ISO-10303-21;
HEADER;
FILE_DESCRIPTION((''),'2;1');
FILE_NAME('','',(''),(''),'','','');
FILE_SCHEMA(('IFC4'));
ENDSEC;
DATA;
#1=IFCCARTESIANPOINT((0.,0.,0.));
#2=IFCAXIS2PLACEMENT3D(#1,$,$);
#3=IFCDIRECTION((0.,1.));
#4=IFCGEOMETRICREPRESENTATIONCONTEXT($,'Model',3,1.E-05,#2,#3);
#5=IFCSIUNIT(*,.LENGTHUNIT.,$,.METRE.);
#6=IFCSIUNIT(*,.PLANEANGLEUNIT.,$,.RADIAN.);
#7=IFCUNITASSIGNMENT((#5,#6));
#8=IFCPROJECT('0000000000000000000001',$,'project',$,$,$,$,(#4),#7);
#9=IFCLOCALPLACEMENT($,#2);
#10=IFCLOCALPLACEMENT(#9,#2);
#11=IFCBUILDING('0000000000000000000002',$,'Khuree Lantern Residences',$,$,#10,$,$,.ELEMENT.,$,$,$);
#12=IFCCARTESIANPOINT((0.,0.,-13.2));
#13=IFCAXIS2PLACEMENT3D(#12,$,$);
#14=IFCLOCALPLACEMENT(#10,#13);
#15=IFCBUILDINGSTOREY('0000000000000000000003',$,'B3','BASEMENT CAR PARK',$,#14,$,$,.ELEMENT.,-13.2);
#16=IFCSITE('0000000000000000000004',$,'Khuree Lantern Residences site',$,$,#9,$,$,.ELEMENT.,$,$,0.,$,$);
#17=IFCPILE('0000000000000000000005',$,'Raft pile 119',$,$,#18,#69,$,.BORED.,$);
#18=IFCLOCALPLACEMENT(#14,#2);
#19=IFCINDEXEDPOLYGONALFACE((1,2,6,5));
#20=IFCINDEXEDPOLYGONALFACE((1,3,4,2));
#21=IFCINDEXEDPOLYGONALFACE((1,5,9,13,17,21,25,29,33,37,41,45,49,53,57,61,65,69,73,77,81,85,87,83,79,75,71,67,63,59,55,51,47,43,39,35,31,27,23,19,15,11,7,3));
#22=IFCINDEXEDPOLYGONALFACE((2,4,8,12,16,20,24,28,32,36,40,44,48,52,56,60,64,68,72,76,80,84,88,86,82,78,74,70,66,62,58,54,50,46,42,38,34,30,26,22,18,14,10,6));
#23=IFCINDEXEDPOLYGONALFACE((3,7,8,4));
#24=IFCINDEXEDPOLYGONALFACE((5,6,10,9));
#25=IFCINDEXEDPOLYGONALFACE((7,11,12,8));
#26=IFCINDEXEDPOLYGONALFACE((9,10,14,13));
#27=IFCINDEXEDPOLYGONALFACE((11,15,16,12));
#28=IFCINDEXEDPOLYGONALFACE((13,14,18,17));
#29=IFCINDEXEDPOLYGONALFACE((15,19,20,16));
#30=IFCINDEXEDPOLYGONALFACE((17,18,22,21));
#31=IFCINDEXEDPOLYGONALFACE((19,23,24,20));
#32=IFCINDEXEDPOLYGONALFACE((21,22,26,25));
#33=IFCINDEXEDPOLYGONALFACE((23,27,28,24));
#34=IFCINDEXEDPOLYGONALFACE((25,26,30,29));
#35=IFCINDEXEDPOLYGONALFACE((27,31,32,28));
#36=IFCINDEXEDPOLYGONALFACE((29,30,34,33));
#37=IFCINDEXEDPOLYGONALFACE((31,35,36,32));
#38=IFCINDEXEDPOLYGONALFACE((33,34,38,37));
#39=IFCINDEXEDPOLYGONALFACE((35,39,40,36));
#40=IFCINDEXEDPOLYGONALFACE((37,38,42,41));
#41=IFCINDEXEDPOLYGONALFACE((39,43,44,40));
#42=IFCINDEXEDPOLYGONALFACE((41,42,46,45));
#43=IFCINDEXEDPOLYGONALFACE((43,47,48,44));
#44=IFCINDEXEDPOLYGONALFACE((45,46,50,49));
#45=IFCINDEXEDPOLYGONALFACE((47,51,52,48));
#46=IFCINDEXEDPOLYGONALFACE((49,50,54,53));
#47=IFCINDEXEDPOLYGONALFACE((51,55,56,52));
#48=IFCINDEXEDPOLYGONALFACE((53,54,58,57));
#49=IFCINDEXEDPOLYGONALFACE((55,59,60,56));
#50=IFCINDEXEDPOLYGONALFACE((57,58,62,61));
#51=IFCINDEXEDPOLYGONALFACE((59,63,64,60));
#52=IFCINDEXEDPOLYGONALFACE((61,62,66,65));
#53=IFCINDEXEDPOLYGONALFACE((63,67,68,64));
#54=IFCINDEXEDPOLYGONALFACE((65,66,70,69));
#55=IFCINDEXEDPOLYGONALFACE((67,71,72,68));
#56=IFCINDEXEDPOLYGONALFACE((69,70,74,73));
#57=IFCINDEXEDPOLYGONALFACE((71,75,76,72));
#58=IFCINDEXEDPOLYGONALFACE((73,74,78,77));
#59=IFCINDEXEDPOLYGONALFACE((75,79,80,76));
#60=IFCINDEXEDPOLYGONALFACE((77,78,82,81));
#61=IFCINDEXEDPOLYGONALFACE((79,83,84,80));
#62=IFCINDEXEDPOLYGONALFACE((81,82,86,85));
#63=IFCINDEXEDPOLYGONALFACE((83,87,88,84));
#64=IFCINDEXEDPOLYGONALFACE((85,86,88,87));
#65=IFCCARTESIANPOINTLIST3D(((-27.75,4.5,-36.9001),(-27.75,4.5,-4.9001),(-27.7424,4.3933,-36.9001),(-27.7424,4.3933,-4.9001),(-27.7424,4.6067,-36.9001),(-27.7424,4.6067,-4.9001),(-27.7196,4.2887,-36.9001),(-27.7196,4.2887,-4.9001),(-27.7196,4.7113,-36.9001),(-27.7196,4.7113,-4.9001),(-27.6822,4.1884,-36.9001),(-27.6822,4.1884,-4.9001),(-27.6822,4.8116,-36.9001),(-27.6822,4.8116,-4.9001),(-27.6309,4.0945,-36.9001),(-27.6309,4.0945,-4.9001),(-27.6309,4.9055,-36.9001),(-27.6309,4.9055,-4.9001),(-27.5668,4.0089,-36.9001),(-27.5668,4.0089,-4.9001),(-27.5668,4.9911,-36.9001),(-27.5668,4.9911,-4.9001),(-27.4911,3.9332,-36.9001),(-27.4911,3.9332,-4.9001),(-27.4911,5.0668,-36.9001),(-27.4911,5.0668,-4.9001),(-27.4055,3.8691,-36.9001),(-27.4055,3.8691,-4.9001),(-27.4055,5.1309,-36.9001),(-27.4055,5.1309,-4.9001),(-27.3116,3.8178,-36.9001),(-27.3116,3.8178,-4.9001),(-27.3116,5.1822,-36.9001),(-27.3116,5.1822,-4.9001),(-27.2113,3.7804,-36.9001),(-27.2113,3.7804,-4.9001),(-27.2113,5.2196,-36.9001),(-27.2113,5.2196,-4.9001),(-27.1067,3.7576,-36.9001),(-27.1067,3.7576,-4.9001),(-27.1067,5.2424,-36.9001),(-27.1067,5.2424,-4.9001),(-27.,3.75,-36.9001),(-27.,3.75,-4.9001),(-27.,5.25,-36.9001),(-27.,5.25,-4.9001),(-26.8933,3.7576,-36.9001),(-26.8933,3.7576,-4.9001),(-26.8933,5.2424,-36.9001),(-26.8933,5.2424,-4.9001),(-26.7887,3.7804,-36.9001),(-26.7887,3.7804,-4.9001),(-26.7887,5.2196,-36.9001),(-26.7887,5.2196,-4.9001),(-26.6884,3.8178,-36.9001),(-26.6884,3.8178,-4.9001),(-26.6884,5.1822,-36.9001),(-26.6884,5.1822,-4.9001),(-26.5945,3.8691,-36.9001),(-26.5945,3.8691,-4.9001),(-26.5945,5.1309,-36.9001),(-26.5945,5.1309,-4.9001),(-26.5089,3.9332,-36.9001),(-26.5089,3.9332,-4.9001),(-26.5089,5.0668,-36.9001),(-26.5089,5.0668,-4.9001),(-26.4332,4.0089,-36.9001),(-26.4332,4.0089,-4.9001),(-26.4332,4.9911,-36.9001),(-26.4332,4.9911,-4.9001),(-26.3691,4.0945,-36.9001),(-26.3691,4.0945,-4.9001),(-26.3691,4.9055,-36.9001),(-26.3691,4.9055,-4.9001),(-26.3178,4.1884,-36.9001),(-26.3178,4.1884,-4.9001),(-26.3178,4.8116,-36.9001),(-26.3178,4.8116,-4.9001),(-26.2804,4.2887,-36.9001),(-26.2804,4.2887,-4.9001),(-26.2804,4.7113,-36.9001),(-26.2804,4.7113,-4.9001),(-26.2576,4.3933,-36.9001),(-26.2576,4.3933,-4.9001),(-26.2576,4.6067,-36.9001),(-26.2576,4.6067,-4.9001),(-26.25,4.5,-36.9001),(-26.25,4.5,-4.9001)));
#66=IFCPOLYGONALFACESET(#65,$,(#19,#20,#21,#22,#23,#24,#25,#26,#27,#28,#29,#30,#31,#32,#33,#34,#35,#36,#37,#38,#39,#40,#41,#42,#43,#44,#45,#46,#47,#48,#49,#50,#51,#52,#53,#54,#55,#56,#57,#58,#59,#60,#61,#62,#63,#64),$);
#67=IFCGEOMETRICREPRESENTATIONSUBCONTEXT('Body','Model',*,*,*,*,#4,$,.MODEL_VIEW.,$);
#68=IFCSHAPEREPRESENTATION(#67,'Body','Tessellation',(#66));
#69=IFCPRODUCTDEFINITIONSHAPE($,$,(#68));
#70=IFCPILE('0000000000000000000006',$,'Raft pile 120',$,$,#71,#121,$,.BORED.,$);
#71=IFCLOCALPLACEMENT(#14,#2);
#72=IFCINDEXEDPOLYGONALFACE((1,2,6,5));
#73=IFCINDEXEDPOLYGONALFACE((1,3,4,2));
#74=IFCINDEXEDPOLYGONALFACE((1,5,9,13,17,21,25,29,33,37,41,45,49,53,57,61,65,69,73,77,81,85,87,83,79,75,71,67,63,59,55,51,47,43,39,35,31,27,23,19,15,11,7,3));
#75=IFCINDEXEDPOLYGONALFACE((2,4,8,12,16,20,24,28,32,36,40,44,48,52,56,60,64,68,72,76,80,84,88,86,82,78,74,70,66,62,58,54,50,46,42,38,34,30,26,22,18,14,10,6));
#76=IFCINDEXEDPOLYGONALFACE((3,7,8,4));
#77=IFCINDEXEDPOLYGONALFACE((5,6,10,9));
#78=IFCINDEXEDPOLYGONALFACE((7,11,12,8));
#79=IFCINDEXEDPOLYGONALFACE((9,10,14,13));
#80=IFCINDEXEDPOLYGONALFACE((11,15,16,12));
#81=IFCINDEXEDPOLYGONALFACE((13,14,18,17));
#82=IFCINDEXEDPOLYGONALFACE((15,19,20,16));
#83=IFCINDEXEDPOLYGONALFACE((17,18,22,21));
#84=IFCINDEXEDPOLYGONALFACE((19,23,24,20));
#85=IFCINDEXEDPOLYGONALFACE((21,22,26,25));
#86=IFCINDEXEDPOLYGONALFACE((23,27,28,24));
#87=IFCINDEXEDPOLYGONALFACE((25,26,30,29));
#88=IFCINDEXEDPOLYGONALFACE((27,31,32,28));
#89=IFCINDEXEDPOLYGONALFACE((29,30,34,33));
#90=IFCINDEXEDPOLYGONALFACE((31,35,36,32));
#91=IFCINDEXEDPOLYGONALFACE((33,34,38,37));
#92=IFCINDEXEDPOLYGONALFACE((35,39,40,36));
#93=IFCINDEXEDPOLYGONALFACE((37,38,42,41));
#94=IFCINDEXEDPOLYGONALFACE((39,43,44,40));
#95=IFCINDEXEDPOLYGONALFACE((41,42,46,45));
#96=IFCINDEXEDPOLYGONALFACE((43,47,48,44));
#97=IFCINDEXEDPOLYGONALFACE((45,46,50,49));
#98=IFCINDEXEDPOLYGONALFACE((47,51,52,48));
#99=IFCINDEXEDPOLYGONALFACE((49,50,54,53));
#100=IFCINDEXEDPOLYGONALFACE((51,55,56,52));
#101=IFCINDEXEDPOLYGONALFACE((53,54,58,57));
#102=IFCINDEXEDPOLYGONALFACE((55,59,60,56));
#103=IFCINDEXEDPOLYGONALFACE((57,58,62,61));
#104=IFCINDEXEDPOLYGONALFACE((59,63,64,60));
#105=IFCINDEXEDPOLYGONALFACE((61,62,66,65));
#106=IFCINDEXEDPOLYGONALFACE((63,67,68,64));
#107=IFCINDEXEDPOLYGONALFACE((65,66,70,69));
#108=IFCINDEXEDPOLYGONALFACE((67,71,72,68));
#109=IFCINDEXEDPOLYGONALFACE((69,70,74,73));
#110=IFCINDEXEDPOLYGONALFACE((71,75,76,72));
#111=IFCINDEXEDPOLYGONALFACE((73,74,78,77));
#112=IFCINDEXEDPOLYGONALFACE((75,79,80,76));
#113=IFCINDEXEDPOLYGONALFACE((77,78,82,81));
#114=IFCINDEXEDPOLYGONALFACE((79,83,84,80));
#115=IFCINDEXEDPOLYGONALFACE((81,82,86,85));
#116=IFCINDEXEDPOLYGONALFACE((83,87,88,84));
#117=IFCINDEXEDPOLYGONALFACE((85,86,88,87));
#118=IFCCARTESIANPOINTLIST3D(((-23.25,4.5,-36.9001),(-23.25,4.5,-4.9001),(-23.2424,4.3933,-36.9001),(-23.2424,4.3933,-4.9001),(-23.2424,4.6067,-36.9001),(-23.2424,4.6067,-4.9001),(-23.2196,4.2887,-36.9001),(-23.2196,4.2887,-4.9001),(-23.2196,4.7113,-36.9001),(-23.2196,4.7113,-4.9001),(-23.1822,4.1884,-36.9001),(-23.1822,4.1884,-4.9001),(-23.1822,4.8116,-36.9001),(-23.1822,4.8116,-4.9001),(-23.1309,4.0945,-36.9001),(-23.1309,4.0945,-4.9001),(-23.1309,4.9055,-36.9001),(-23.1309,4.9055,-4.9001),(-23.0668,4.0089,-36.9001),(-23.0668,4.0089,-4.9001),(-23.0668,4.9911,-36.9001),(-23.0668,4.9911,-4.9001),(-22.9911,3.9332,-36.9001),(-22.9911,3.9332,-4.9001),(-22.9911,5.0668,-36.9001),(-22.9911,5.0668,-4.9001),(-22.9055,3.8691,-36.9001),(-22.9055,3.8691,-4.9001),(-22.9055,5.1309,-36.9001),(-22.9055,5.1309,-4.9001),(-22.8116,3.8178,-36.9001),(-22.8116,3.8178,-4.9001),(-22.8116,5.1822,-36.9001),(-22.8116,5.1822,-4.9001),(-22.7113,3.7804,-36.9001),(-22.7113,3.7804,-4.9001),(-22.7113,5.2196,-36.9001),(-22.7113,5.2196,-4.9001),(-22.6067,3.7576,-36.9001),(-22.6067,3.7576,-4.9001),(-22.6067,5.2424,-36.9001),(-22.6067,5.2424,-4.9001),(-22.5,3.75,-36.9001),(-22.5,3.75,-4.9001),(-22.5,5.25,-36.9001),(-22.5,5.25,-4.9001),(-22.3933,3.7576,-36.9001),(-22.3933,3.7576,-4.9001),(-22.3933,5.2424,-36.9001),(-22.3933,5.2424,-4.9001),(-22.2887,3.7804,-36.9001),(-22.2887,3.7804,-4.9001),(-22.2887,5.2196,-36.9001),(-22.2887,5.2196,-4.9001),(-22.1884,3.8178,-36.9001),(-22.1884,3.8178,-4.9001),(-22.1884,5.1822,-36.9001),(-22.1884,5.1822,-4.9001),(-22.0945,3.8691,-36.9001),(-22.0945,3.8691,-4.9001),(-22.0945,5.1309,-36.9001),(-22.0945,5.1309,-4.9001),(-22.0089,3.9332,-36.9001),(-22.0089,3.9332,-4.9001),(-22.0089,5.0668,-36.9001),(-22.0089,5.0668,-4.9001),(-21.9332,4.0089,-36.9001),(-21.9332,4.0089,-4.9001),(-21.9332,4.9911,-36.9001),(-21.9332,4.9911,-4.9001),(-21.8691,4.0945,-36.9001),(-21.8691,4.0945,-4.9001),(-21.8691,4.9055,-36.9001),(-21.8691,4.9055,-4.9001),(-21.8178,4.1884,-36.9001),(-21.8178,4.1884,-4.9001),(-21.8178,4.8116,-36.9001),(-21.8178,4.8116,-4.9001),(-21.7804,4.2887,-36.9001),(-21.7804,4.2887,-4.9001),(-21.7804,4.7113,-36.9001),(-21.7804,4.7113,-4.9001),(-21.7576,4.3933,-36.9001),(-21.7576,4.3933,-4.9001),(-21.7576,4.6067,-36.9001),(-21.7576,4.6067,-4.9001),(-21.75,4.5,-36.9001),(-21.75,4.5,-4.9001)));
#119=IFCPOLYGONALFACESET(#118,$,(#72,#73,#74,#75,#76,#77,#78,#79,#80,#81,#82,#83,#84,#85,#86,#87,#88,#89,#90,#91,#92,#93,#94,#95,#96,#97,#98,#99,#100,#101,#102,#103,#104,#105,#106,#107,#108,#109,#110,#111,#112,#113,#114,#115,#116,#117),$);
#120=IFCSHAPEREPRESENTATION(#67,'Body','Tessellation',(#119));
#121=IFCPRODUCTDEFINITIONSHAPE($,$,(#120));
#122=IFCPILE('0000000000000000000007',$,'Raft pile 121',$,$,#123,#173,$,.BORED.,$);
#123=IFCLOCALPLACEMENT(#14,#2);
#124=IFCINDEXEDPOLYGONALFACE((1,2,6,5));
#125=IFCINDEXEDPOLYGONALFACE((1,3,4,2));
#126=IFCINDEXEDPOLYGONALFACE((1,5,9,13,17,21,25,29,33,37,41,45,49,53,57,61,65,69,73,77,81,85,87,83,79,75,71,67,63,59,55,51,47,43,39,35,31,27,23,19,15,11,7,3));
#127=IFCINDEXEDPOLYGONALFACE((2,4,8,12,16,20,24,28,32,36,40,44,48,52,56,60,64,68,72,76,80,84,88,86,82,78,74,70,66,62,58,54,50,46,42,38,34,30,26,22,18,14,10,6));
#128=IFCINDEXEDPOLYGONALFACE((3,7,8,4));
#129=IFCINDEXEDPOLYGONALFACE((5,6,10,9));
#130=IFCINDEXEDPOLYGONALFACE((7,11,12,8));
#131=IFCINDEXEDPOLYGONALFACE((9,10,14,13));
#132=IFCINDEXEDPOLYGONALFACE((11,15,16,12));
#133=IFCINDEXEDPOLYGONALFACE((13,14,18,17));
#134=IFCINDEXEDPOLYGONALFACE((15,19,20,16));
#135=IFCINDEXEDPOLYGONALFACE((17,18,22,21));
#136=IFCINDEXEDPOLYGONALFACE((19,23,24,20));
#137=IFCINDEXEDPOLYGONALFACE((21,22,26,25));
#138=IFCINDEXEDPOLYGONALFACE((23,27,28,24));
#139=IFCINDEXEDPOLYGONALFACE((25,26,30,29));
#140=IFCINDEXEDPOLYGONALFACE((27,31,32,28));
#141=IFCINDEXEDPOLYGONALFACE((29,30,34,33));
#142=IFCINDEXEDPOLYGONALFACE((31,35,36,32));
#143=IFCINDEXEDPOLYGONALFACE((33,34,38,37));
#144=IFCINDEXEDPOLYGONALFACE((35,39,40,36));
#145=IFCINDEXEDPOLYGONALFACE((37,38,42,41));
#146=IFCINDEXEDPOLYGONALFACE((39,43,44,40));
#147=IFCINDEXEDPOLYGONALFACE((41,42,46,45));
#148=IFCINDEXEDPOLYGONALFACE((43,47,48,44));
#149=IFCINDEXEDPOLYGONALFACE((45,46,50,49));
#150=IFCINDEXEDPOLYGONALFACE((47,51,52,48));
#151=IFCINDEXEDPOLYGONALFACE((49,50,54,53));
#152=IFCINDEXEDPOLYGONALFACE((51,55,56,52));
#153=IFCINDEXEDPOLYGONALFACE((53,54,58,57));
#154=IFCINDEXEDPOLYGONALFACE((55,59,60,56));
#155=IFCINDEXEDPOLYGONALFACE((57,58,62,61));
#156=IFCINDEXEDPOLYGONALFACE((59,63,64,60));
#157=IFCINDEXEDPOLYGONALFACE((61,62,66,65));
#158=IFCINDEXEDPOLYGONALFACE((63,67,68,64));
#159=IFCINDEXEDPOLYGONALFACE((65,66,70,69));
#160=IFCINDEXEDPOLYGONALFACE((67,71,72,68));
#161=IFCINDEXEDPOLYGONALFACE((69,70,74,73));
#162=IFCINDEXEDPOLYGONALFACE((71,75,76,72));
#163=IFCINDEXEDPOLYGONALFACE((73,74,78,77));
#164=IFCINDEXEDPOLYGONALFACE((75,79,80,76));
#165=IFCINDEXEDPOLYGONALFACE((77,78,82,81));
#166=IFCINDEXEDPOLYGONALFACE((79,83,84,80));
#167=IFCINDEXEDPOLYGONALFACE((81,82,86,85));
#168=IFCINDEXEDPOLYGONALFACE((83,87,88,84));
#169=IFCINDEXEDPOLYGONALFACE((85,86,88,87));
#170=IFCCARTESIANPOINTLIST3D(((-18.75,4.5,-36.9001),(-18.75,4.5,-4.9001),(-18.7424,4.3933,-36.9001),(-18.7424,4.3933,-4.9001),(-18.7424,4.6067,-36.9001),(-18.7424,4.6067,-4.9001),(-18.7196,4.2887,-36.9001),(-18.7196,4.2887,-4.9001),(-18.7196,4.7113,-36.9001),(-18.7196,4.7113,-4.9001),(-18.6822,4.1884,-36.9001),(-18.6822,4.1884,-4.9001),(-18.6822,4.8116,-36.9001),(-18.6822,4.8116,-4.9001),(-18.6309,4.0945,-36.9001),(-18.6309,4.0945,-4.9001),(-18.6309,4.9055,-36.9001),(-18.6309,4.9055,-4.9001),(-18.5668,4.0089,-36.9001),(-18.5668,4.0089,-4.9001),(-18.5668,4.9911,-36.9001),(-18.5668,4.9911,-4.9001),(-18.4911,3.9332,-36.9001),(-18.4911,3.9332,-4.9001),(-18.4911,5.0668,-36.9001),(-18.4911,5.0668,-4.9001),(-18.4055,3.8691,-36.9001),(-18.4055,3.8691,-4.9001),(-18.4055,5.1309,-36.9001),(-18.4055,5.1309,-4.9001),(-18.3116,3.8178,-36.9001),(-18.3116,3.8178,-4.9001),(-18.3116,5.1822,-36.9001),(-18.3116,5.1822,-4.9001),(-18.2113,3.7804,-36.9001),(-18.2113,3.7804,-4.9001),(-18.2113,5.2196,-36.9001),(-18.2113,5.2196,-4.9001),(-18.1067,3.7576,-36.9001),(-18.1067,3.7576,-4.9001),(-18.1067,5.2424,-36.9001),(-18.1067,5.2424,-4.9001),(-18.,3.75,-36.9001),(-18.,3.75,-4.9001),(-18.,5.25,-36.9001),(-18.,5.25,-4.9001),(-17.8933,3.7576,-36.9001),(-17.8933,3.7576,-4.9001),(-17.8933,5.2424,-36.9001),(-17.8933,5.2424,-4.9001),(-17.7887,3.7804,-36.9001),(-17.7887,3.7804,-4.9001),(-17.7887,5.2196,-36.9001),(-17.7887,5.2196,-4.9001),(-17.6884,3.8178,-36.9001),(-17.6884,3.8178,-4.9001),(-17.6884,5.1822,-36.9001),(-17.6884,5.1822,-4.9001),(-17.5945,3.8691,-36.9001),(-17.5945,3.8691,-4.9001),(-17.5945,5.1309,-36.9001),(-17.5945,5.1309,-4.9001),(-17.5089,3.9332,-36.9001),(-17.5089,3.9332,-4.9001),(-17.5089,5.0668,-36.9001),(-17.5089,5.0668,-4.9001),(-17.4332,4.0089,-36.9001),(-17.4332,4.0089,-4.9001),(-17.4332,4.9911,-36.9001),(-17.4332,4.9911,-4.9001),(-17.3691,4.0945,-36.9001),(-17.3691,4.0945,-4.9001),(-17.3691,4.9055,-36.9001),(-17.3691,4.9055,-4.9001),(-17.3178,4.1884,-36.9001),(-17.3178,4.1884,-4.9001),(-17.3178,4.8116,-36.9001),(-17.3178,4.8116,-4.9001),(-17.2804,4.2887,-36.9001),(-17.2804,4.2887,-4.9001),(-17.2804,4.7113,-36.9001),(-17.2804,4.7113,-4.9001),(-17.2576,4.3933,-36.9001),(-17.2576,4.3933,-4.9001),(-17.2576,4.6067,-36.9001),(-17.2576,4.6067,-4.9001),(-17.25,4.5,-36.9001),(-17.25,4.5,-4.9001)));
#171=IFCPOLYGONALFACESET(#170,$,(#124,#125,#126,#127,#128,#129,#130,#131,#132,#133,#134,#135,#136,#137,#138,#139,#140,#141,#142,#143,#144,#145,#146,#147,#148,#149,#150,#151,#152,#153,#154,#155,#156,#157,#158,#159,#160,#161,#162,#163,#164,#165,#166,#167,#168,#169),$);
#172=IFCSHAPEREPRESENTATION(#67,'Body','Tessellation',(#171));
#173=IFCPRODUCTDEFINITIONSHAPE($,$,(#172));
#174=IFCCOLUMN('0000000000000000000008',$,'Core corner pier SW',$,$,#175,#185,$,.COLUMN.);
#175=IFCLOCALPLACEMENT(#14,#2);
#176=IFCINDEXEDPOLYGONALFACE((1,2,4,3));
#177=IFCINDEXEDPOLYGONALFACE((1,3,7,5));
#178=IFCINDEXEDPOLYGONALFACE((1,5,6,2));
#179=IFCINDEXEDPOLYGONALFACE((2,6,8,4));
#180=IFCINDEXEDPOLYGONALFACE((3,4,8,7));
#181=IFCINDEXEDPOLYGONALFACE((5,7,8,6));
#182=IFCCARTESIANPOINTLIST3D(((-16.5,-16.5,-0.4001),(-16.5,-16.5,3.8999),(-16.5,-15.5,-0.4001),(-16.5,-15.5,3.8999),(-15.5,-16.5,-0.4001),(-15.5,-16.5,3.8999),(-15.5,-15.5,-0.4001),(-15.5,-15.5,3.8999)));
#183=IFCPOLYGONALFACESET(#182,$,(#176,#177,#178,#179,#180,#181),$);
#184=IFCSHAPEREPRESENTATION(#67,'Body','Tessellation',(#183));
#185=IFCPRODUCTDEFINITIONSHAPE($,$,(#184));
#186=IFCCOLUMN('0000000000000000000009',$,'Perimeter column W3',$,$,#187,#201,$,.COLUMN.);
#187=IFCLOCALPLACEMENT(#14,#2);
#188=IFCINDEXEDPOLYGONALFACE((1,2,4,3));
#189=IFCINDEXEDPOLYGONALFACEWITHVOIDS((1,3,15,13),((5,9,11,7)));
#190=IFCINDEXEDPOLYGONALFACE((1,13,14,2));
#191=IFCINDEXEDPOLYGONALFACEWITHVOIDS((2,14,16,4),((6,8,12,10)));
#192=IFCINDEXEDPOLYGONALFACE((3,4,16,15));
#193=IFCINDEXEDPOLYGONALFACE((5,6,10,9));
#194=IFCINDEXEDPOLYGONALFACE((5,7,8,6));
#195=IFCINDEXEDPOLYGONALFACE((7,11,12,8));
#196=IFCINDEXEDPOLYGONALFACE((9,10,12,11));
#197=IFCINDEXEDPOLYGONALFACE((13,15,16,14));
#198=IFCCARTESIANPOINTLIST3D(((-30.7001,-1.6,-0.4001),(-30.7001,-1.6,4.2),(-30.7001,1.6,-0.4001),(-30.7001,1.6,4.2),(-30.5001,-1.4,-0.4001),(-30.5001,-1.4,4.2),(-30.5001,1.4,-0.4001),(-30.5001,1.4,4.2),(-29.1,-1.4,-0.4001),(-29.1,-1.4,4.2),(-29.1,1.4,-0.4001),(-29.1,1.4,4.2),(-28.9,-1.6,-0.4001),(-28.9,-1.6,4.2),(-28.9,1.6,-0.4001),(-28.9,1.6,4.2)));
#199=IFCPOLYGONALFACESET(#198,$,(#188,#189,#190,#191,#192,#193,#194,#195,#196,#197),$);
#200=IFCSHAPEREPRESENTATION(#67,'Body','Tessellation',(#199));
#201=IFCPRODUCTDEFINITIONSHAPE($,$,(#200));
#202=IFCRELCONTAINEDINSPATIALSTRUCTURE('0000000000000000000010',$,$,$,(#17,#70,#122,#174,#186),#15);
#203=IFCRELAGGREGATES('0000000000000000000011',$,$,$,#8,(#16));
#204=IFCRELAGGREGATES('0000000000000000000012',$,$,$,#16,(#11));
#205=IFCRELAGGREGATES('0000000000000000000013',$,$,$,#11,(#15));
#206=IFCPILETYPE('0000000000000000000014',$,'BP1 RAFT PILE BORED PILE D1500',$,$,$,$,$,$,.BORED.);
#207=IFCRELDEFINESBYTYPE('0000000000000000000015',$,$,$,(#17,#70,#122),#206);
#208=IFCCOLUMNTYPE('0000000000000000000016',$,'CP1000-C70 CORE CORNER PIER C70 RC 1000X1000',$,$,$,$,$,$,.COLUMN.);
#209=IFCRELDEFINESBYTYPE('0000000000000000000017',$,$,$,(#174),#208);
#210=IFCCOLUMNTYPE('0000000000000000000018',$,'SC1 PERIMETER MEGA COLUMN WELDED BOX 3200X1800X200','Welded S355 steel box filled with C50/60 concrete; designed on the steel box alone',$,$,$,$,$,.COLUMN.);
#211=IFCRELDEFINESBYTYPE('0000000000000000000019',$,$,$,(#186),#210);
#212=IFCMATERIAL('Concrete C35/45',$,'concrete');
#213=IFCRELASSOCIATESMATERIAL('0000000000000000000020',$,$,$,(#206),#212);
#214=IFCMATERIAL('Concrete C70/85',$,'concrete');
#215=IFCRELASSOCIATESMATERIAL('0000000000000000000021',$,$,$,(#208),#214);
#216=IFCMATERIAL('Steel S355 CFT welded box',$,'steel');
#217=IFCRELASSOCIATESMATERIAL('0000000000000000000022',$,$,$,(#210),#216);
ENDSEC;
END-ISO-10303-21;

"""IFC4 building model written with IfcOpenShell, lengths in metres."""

from ifc_helpers import new_model, si_unit, direction, frame, origin, origin_2d, place, context, subcontext, project, spatial, rectangle, hollow_rectangle, circle, extrude, material, material_profile, profile_set, type_object, element, save


model = new_model("IFC4")

# Units and contexts
model_context = context("Model", 3, precision=1e-05, world=origin(), true_north=direction((0.0, 1.0)))
body_context = subcontext(model_context, "Body", "Model", "MODEL_VIEW")
ifc_project = project(units=[si_unit("LENGTHUNIT", "METRE"), si_unit("PLANEANGLEUNIT", "RADIAN")], contexts=[model_context])

# Site, building, storey
site_placement = place(None, origin())
site = spatial("IfcSite", under=ifc_project, at=site_placement, Name="Khuree Lantern Residences site", CompositionType="ELEMENT", RefElevation=0.0)
building_placement = place(site_placement, origin())
building = spatial("IfcBuilding", under=site, at=building_placement, Name="Khuree Lantern Residences", CompositionType="ELEMENT")
storey_placement = place(building_placement, frame((0.0, 0.0, -13.2)))
storey = spatial("IfcBuildingStorey", under=building, at=storey_placement, Name="B3", Description="BASEMENT CAR PARK", CompositionType="ELEMENT", Elevation=-13.2)

# Piles
ifc_material_1 = material(Name="Concrete C35/45", Category="concrete")
ifc_material_profile_1 = material_profile(ifc_material_1, circle(Radius=0.75, at=origin_2d()), Name="BORED PILE D1500")
ifc_profile_set_1 = profile_set([ifc_material_profile_1], Name="Concrete C35/45")
pile_type = type_object("IfcPileType", Name="BP1 RAFT PILE BORED PILE D1500", PredefinedType="BORED", material=ifc_profile_set_1)
for number, where, z_axis, x_axis, name in (
    (1, (-27.0, 4.5, -4.9001), (0.0, 0.0, -1.0), (1.0, 0.0, 0.0), "Raft pile 119"),
    (2, (-22.5, 4.5, -4.9001), (0.0, 0.0, -1.0), (1.0, 0.0, 0.0), "Raft pile 120"),
    (3, (-18.0, 4.5, -4.9001), (0.0, 0.0, -1.0), (1.0, 0.0, 0.0), "Raft pile 121"),
):
    element("IfcPile", number, at=place(storey_placement, frame(where, z_axis=z_axis, x_axis=x_axis)), inside=storey, type_object=pile_type, Name=name, PredefinedType="BORED", context=body_context, shape_type="SweptSolid", body=[
        extrude(circle(Radius=0.75, at=origin_2d()), origin(), (0.0, 0.0, 1.0), 32.0),
    ])

# Columns
ifc_material_2 = material(Name="Concrete C70/85", Category="concrete")
ifc_material_profile_2 = material_profile(ifc_material_2, rectangle(XDim=1.0, YDim=1.0, at=origin_2d()), Name="RC 1000X1000")
ifc_profile_set_2 = profile_set([ifc_material_profile_2], Name="Concrete C70/85")
column_type_1 = type_object("IfcColumnType", Name="CP1000-C70 CORE CORNER PIER C70 RC 1000X1000", PredefinedType="COLUMN", material=ifc_profile_set_2)
column_1_placement = place(storey_placement, frame((-16.0, -16.0, -0.4001), z_axis=(0.0, 0.0, 1.0), x_axis=(1.0, 0.0, 0.0)))
element("IfcColumn", 4, at=column_1_placement, inside=storey, type_object=column_type_1, Name="Core corner pier SW", PredefinedType="COLUMN", context=body_context, shape_type="SweptSolid", body=[
    extrude(rectangle(XDim=1.0, YDim=1.0, at=origin_2d()), origin(), (0.0, 0.0, 1.0), 4.3),
])
ifc_material_3 = material(Name="Steel S355 CFT welded box", Category="steel")
ifc_material_profile_3 = material_profile(ifc_material_3, hollow_rectangle(XDim=3.2, YDim=1.8, WallThickness=0.2, at=origin_2d()), Name="WELDED BOX 3200X1800X200")
ifc_profile_set_3 = profile_set([ifc_material_profile_3], Name="Steel S355 CFT welded box")
column_type_2 = type_object("IfcColumnType", Name="SC1 PERIMETER MEGA COLUMN WELDED BOX 3200X1800X200", Description="Welded S355 steel box filled with C50/60 concrete; designed on the steel box alone", PredefinedType="COLUMN", material=ifc_profile_set_3)
column_2_placement = place(storey_placement, frame((-29.8, 0.0, -0.4001), z_axis=(0.0, 0.0, 1.0), x_axis=(0.0, 1.0, 0.0)))
element("IfcColumn", 5, at=column_2_placement, inside=storey, type_object=column_type_2, Name="Perimeter column W3", PredefinedType="COLUMN", context=body_context, shape_type="SweptSolid", body=[
    extrude(hollow_rectangle(XDim=3.2, YDim=1.8, WallThickness=0.2, at=origin_2d()), origin(), (0.0, 0.0, 1.0), 4.6001),
])

save(model, "model.ifc")
